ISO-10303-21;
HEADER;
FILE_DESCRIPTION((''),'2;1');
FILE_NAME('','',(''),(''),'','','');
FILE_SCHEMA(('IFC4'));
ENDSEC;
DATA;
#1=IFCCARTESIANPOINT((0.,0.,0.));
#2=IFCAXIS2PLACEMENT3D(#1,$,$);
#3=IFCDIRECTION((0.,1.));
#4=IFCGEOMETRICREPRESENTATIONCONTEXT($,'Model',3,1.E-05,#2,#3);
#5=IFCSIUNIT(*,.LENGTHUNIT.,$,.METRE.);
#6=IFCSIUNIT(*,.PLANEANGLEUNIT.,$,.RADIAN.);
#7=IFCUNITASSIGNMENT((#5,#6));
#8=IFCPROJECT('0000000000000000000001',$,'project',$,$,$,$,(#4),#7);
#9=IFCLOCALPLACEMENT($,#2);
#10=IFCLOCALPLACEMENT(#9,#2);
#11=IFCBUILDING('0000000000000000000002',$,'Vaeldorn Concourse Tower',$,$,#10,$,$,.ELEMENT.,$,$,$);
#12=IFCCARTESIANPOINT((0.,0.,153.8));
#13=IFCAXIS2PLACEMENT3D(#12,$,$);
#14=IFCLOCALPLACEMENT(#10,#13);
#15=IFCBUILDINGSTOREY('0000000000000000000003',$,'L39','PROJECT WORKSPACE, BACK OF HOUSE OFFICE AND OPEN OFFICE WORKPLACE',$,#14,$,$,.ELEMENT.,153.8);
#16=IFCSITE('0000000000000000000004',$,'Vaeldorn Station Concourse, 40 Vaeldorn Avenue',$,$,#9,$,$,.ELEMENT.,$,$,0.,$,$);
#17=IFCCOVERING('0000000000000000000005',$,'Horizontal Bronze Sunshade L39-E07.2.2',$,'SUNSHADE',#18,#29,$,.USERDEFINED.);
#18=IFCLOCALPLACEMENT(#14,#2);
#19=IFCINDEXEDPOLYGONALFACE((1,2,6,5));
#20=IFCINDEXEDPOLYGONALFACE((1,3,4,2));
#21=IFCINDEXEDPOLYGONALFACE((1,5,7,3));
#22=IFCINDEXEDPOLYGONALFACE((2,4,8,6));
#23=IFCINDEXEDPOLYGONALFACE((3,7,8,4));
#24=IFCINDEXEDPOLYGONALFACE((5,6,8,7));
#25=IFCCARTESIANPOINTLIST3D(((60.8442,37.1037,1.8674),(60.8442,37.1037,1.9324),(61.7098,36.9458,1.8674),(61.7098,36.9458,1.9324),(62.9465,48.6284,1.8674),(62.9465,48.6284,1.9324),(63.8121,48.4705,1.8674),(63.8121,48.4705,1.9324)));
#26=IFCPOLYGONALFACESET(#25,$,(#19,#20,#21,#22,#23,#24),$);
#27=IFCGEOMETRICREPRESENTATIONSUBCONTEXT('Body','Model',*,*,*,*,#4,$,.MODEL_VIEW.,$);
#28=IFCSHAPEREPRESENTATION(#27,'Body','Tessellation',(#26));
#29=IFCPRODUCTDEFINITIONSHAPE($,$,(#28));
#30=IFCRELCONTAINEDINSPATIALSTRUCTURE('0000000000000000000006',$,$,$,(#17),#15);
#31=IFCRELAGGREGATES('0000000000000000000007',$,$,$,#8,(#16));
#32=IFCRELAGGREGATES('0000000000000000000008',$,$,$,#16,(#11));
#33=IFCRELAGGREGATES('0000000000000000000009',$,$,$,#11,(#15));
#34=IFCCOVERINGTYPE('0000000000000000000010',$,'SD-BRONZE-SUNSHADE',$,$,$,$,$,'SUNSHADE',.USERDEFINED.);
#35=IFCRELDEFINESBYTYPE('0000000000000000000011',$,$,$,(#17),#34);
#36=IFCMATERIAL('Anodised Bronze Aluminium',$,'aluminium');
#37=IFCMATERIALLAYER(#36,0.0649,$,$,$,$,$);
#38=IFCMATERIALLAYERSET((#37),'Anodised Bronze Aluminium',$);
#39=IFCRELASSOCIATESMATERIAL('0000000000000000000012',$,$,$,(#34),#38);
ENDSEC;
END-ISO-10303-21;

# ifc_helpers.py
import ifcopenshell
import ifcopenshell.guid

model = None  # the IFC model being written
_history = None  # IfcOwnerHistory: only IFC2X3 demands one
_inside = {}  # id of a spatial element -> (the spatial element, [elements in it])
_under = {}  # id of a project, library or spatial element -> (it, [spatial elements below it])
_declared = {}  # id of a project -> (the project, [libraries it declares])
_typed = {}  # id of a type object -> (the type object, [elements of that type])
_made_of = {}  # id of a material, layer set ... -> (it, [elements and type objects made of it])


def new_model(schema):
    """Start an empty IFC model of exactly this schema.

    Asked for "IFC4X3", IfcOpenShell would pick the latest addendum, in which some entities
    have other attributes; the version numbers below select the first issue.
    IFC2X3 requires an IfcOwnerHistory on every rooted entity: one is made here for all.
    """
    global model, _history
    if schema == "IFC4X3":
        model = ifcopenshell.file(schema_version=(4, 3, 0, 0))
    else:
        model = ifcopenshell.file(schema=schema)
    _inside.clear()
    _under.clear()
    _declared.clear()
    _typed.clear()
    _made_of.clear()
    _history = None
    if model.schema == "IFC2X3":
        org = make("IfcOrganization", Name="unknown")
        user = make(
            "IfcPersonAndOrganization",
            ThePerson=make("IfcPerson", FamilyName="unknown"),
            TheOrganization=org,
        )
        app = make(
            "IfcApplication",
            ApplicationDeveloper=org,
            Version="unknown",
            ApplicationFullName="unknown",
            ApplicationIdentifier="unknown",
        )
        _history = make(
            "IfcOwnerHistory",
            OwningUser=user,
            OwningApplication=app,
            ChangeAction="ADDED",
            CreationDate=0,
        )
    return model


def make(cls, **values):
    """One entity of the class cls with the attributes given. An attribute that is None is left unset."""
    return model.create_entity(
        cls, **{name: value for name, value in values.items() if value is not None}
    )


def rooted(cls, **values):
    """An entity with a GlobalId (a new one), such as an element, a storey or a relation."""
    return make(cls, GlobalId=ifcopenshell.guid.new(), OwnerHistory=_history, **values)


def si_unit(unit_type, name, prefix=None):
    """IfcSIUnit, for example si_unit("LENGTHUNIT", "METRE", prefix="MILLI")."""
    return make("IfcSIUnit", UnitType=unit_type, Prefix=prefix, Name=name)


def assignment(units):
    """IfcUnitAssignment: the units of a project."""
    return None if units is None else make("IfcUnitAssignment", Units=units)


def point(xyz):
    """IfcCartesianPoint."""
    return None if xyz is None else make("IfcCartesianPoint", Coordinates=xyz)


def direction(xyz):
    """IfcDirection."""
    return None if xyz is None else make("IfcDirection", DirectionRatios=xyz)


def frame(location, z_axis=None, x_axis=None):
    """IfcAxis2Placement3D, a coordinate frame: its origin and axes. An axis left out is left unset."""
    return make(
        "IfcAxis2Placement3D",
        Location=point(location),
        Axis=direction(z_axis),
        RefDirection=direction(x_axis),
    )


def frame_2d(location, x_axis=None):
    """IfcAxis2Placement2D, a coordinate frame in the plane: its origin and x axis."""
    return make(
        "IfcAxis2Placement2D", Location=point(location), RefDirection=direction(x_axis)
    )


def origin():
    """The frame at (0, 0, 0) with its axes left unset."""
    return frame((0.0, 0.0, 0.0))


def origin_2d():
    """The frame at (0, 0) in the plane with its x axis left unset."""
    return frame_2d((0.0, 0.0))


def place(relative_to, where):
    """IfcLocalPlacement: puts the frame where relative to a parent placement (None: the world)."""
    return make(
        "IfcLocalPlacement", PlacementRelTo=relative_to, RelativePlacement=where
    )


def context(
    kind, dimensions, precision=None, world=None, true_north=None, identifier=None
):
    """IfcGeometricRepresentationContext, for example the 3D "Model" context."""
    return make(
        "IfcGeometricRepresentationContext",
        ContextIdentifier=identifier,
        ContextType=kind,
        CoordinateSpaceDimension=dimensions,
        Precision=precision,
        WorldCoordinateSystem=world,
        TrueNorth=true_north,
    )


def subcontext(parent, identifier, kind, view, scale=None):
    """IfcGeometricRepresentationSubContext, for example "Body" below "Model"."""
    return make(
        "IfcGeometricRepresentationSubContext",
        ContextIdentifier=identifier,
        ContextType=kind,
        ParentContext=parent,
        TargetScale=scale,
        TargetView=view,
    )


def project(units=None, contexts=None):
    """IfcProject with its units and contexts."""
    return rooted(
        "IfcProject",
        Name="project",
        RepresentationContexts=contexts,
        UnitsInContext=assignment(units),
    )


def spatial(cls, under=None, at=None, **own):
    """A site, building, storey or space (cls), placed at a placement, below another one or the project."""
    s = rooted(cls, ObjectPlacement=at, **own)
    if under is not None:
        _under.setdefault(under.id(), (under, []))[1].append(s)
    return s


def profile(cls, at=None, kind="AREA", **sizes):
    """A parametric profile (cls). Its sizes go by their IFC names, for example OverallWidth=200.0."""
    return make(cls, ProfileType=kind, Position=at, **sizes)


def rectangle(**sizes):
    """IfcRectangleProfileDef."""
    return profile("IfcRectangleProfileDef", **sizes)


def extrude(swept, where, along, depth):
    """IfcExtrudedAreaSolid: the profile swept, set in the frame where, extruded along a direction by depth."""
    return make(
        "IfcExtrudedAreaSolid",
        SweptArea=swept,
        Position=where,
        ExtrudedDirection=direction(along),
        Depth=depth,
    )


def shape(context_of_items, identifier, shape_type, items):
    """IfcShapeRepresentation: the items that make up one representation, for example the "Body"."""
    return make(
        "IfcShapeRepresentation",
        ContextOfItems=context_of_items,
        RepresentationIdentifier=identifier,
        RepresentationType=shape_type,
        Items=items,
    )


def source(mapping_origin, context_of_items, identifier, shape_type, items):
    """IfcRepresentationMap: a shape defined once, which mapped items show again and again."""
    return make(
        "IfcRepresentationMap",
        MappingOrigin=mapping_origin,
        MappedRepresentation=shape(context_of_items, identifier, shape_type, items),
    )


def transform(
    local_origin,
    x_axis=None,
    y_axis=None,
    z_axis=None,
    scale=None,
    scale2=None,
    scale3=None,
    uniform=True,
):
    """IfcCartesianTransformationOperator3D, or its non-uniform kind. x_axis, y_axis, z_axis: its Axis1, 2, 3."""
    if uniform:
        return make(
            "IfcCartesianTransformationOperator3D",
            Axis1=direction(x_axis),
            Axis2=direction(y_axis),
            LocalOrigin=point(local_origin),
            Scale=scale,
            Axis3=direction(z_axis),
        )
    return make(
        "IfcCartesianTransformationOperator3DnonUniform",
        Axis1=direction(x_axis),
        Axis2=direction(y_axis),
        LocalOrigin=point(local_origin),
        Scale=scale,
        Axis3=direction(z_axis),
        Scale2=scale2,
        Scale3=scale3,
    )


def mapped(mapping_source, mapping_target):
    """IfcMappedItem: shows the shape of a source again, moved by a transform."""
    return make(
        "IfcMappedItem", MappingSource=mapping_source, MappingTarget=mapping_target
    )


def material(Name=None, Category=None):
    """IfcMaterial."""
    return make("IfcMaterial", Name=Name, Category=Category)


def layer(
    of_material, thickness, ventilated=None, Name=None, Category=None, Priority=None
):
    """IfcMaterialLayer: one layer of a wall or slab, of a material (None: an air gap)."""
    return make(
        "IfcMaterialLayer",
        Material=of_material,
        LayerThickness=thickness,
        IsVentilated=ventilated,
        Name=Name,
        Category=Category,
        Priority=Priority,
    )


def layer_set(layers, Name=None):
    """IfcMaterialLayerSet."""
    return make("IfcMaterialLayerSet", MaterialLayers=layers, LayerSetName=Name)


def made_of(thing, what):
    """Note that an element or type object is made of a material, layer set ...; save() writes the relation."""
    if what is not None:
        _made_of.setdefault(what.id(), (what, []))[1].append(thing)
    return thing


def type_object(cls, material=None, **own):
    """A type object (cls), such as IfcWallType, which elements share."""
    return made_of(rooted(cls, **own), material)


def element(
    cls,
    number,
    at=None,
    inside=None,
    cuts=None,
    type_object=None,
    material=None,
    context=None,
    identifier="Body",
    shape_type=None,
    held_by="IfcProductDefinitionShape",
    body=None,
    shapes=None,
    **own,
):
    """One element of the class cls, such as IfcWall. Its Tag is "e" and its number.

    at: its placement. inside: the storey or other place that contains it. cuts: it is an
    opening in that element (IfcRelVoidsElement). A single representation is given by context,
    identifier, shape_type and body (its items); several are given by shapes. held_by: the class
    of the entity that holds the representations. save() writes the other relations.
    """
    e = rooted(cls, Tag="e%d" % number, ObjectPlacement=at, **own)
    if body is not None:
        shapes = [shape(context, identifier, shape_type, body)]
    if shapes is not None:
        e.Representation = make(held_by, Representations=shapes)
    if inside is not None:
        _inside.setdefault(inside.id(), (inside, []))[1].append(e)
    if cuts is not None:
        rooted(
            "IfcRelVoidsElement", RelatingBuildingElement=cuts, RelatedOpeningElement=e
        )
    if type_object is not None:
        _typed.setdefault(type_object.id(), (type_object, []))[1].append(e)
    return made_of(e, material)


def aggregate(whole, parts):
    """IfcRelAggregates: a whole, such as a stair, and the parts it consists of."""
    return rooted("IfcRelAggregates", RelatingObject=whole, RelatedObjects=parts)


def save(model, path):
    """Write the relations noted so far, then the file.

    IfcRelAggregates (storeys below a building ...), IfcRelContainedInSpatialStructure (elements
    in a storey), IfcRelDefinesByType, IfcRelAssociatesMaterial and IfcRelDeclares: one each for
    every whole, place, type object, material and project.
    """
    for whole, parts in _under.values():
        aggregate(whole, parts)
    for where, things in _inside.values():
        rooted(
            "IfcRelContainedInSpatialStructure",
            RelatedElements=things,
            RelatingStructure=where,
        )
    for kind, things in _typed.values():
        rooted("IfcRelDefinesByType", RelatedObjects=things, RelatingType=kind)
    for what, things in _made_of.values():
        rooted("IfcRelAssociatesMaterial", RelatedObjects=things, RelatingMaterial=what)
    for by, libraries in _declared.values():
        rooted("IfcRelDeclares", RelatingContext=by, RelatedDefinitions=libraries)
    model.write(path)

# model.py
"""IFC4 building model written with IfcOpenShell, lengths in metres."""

from ifc_helpers import new_model, si_unit, direction, frame, origin, origin_2d, place, context, subcontext, project, spatial, rectangle, extrude, source, transform, mapped, material, layer, layer_set, type_object, element, save


model = new_model("IFC4")

# Units and contexts
model_context = context("Model", 3, precision=1e-05, world=origin(), true_north=direction((0.0, 1.0)))
body_context = subcontext(model_context, "Body", "Model", "MODEL_VIEW")
ifc_project = project(units=[si_unit("LENGTHUNIT", "METRE"), si_unit("PLANEANGLEUNIT", "RADIAN")], contexts=[model_context])

# Site, building, storey
site_placement = place(None, origin())
site = spatial("IfcSite", under=ifc_project, at=site_placement, Name="Vaeldorn Station Concourse, 40 Vaeldorn Avenue", CompositionType="ELEMENT", RefElevation=0.0)
building_placement = place(site_placement, origin())
building = spatial("IfcBuilding", under=site, at=building_placement, Name="Vaeldorn Concourse Tower", CompositionType="ELEMENT")
storey_placement = place(building_placement, frame((0.0, 0.0, 153.8)))
storey = spatial("IfcBuildingStorey", under=building, at=storey_placement, Name="L39", Description="PROJECT WORKSPACE, BACK OF HOUSE OFFICE AND OPEN OFFICE WORKPLACE", CompositionType="ELEMENT", Elevation=153.8)

# Shared definitions
ifc_material_1 = material(Name="Anodised Bronze Aluminium", Category="aluminium")

# Covering
ifc_layer_1 = layer(ifc_material_1, 0.0649)
ifc_layer_set_1 = layer_set([ifc_layer_1], Name="Anodised Bronze Aluminium")
covering_type = type_object("IfcCoveringType", Name="SD-BRONZE-SUNSHADE", ElementType="SUNSHADE", PredefinedType="USERDEFINED", material=ifc_layer_set_1)
shared_shape_1 = source(origin(), body_context, "Body", "SweptSolid", [
    extrude(rectangle(XDim=11.7148, YDim=0.8799, at=origin_2d()), origin(), (0.0, 0.0, 1.0), 0.0649),
])
for number, where, z_axis, x_axis, name in (
    (1, (62.3281, 42.7871, 1.8674), (0.0, 0.0, 1.0), (0.179455, 0.983766, 0.0), "Horizontal Bronze Sunshade L39-E07.2.2"),
):
    element("IfcCovering", number, at=place(storey_placement, frame(where, z_axis=z_axis, x_axis=x_axis)), inside=storey, type_object=covering_type, Name=name, ObjectType="SUNSHADE", PredefinedType="USERDEFINED", context=body_context, shape_type="MappedRepresentation", body=[
        mapped(shared_shape_1, transform((0.0, 0.0, 0.0), scale=1.0)),
    ])

save(model, "model.ifc")
